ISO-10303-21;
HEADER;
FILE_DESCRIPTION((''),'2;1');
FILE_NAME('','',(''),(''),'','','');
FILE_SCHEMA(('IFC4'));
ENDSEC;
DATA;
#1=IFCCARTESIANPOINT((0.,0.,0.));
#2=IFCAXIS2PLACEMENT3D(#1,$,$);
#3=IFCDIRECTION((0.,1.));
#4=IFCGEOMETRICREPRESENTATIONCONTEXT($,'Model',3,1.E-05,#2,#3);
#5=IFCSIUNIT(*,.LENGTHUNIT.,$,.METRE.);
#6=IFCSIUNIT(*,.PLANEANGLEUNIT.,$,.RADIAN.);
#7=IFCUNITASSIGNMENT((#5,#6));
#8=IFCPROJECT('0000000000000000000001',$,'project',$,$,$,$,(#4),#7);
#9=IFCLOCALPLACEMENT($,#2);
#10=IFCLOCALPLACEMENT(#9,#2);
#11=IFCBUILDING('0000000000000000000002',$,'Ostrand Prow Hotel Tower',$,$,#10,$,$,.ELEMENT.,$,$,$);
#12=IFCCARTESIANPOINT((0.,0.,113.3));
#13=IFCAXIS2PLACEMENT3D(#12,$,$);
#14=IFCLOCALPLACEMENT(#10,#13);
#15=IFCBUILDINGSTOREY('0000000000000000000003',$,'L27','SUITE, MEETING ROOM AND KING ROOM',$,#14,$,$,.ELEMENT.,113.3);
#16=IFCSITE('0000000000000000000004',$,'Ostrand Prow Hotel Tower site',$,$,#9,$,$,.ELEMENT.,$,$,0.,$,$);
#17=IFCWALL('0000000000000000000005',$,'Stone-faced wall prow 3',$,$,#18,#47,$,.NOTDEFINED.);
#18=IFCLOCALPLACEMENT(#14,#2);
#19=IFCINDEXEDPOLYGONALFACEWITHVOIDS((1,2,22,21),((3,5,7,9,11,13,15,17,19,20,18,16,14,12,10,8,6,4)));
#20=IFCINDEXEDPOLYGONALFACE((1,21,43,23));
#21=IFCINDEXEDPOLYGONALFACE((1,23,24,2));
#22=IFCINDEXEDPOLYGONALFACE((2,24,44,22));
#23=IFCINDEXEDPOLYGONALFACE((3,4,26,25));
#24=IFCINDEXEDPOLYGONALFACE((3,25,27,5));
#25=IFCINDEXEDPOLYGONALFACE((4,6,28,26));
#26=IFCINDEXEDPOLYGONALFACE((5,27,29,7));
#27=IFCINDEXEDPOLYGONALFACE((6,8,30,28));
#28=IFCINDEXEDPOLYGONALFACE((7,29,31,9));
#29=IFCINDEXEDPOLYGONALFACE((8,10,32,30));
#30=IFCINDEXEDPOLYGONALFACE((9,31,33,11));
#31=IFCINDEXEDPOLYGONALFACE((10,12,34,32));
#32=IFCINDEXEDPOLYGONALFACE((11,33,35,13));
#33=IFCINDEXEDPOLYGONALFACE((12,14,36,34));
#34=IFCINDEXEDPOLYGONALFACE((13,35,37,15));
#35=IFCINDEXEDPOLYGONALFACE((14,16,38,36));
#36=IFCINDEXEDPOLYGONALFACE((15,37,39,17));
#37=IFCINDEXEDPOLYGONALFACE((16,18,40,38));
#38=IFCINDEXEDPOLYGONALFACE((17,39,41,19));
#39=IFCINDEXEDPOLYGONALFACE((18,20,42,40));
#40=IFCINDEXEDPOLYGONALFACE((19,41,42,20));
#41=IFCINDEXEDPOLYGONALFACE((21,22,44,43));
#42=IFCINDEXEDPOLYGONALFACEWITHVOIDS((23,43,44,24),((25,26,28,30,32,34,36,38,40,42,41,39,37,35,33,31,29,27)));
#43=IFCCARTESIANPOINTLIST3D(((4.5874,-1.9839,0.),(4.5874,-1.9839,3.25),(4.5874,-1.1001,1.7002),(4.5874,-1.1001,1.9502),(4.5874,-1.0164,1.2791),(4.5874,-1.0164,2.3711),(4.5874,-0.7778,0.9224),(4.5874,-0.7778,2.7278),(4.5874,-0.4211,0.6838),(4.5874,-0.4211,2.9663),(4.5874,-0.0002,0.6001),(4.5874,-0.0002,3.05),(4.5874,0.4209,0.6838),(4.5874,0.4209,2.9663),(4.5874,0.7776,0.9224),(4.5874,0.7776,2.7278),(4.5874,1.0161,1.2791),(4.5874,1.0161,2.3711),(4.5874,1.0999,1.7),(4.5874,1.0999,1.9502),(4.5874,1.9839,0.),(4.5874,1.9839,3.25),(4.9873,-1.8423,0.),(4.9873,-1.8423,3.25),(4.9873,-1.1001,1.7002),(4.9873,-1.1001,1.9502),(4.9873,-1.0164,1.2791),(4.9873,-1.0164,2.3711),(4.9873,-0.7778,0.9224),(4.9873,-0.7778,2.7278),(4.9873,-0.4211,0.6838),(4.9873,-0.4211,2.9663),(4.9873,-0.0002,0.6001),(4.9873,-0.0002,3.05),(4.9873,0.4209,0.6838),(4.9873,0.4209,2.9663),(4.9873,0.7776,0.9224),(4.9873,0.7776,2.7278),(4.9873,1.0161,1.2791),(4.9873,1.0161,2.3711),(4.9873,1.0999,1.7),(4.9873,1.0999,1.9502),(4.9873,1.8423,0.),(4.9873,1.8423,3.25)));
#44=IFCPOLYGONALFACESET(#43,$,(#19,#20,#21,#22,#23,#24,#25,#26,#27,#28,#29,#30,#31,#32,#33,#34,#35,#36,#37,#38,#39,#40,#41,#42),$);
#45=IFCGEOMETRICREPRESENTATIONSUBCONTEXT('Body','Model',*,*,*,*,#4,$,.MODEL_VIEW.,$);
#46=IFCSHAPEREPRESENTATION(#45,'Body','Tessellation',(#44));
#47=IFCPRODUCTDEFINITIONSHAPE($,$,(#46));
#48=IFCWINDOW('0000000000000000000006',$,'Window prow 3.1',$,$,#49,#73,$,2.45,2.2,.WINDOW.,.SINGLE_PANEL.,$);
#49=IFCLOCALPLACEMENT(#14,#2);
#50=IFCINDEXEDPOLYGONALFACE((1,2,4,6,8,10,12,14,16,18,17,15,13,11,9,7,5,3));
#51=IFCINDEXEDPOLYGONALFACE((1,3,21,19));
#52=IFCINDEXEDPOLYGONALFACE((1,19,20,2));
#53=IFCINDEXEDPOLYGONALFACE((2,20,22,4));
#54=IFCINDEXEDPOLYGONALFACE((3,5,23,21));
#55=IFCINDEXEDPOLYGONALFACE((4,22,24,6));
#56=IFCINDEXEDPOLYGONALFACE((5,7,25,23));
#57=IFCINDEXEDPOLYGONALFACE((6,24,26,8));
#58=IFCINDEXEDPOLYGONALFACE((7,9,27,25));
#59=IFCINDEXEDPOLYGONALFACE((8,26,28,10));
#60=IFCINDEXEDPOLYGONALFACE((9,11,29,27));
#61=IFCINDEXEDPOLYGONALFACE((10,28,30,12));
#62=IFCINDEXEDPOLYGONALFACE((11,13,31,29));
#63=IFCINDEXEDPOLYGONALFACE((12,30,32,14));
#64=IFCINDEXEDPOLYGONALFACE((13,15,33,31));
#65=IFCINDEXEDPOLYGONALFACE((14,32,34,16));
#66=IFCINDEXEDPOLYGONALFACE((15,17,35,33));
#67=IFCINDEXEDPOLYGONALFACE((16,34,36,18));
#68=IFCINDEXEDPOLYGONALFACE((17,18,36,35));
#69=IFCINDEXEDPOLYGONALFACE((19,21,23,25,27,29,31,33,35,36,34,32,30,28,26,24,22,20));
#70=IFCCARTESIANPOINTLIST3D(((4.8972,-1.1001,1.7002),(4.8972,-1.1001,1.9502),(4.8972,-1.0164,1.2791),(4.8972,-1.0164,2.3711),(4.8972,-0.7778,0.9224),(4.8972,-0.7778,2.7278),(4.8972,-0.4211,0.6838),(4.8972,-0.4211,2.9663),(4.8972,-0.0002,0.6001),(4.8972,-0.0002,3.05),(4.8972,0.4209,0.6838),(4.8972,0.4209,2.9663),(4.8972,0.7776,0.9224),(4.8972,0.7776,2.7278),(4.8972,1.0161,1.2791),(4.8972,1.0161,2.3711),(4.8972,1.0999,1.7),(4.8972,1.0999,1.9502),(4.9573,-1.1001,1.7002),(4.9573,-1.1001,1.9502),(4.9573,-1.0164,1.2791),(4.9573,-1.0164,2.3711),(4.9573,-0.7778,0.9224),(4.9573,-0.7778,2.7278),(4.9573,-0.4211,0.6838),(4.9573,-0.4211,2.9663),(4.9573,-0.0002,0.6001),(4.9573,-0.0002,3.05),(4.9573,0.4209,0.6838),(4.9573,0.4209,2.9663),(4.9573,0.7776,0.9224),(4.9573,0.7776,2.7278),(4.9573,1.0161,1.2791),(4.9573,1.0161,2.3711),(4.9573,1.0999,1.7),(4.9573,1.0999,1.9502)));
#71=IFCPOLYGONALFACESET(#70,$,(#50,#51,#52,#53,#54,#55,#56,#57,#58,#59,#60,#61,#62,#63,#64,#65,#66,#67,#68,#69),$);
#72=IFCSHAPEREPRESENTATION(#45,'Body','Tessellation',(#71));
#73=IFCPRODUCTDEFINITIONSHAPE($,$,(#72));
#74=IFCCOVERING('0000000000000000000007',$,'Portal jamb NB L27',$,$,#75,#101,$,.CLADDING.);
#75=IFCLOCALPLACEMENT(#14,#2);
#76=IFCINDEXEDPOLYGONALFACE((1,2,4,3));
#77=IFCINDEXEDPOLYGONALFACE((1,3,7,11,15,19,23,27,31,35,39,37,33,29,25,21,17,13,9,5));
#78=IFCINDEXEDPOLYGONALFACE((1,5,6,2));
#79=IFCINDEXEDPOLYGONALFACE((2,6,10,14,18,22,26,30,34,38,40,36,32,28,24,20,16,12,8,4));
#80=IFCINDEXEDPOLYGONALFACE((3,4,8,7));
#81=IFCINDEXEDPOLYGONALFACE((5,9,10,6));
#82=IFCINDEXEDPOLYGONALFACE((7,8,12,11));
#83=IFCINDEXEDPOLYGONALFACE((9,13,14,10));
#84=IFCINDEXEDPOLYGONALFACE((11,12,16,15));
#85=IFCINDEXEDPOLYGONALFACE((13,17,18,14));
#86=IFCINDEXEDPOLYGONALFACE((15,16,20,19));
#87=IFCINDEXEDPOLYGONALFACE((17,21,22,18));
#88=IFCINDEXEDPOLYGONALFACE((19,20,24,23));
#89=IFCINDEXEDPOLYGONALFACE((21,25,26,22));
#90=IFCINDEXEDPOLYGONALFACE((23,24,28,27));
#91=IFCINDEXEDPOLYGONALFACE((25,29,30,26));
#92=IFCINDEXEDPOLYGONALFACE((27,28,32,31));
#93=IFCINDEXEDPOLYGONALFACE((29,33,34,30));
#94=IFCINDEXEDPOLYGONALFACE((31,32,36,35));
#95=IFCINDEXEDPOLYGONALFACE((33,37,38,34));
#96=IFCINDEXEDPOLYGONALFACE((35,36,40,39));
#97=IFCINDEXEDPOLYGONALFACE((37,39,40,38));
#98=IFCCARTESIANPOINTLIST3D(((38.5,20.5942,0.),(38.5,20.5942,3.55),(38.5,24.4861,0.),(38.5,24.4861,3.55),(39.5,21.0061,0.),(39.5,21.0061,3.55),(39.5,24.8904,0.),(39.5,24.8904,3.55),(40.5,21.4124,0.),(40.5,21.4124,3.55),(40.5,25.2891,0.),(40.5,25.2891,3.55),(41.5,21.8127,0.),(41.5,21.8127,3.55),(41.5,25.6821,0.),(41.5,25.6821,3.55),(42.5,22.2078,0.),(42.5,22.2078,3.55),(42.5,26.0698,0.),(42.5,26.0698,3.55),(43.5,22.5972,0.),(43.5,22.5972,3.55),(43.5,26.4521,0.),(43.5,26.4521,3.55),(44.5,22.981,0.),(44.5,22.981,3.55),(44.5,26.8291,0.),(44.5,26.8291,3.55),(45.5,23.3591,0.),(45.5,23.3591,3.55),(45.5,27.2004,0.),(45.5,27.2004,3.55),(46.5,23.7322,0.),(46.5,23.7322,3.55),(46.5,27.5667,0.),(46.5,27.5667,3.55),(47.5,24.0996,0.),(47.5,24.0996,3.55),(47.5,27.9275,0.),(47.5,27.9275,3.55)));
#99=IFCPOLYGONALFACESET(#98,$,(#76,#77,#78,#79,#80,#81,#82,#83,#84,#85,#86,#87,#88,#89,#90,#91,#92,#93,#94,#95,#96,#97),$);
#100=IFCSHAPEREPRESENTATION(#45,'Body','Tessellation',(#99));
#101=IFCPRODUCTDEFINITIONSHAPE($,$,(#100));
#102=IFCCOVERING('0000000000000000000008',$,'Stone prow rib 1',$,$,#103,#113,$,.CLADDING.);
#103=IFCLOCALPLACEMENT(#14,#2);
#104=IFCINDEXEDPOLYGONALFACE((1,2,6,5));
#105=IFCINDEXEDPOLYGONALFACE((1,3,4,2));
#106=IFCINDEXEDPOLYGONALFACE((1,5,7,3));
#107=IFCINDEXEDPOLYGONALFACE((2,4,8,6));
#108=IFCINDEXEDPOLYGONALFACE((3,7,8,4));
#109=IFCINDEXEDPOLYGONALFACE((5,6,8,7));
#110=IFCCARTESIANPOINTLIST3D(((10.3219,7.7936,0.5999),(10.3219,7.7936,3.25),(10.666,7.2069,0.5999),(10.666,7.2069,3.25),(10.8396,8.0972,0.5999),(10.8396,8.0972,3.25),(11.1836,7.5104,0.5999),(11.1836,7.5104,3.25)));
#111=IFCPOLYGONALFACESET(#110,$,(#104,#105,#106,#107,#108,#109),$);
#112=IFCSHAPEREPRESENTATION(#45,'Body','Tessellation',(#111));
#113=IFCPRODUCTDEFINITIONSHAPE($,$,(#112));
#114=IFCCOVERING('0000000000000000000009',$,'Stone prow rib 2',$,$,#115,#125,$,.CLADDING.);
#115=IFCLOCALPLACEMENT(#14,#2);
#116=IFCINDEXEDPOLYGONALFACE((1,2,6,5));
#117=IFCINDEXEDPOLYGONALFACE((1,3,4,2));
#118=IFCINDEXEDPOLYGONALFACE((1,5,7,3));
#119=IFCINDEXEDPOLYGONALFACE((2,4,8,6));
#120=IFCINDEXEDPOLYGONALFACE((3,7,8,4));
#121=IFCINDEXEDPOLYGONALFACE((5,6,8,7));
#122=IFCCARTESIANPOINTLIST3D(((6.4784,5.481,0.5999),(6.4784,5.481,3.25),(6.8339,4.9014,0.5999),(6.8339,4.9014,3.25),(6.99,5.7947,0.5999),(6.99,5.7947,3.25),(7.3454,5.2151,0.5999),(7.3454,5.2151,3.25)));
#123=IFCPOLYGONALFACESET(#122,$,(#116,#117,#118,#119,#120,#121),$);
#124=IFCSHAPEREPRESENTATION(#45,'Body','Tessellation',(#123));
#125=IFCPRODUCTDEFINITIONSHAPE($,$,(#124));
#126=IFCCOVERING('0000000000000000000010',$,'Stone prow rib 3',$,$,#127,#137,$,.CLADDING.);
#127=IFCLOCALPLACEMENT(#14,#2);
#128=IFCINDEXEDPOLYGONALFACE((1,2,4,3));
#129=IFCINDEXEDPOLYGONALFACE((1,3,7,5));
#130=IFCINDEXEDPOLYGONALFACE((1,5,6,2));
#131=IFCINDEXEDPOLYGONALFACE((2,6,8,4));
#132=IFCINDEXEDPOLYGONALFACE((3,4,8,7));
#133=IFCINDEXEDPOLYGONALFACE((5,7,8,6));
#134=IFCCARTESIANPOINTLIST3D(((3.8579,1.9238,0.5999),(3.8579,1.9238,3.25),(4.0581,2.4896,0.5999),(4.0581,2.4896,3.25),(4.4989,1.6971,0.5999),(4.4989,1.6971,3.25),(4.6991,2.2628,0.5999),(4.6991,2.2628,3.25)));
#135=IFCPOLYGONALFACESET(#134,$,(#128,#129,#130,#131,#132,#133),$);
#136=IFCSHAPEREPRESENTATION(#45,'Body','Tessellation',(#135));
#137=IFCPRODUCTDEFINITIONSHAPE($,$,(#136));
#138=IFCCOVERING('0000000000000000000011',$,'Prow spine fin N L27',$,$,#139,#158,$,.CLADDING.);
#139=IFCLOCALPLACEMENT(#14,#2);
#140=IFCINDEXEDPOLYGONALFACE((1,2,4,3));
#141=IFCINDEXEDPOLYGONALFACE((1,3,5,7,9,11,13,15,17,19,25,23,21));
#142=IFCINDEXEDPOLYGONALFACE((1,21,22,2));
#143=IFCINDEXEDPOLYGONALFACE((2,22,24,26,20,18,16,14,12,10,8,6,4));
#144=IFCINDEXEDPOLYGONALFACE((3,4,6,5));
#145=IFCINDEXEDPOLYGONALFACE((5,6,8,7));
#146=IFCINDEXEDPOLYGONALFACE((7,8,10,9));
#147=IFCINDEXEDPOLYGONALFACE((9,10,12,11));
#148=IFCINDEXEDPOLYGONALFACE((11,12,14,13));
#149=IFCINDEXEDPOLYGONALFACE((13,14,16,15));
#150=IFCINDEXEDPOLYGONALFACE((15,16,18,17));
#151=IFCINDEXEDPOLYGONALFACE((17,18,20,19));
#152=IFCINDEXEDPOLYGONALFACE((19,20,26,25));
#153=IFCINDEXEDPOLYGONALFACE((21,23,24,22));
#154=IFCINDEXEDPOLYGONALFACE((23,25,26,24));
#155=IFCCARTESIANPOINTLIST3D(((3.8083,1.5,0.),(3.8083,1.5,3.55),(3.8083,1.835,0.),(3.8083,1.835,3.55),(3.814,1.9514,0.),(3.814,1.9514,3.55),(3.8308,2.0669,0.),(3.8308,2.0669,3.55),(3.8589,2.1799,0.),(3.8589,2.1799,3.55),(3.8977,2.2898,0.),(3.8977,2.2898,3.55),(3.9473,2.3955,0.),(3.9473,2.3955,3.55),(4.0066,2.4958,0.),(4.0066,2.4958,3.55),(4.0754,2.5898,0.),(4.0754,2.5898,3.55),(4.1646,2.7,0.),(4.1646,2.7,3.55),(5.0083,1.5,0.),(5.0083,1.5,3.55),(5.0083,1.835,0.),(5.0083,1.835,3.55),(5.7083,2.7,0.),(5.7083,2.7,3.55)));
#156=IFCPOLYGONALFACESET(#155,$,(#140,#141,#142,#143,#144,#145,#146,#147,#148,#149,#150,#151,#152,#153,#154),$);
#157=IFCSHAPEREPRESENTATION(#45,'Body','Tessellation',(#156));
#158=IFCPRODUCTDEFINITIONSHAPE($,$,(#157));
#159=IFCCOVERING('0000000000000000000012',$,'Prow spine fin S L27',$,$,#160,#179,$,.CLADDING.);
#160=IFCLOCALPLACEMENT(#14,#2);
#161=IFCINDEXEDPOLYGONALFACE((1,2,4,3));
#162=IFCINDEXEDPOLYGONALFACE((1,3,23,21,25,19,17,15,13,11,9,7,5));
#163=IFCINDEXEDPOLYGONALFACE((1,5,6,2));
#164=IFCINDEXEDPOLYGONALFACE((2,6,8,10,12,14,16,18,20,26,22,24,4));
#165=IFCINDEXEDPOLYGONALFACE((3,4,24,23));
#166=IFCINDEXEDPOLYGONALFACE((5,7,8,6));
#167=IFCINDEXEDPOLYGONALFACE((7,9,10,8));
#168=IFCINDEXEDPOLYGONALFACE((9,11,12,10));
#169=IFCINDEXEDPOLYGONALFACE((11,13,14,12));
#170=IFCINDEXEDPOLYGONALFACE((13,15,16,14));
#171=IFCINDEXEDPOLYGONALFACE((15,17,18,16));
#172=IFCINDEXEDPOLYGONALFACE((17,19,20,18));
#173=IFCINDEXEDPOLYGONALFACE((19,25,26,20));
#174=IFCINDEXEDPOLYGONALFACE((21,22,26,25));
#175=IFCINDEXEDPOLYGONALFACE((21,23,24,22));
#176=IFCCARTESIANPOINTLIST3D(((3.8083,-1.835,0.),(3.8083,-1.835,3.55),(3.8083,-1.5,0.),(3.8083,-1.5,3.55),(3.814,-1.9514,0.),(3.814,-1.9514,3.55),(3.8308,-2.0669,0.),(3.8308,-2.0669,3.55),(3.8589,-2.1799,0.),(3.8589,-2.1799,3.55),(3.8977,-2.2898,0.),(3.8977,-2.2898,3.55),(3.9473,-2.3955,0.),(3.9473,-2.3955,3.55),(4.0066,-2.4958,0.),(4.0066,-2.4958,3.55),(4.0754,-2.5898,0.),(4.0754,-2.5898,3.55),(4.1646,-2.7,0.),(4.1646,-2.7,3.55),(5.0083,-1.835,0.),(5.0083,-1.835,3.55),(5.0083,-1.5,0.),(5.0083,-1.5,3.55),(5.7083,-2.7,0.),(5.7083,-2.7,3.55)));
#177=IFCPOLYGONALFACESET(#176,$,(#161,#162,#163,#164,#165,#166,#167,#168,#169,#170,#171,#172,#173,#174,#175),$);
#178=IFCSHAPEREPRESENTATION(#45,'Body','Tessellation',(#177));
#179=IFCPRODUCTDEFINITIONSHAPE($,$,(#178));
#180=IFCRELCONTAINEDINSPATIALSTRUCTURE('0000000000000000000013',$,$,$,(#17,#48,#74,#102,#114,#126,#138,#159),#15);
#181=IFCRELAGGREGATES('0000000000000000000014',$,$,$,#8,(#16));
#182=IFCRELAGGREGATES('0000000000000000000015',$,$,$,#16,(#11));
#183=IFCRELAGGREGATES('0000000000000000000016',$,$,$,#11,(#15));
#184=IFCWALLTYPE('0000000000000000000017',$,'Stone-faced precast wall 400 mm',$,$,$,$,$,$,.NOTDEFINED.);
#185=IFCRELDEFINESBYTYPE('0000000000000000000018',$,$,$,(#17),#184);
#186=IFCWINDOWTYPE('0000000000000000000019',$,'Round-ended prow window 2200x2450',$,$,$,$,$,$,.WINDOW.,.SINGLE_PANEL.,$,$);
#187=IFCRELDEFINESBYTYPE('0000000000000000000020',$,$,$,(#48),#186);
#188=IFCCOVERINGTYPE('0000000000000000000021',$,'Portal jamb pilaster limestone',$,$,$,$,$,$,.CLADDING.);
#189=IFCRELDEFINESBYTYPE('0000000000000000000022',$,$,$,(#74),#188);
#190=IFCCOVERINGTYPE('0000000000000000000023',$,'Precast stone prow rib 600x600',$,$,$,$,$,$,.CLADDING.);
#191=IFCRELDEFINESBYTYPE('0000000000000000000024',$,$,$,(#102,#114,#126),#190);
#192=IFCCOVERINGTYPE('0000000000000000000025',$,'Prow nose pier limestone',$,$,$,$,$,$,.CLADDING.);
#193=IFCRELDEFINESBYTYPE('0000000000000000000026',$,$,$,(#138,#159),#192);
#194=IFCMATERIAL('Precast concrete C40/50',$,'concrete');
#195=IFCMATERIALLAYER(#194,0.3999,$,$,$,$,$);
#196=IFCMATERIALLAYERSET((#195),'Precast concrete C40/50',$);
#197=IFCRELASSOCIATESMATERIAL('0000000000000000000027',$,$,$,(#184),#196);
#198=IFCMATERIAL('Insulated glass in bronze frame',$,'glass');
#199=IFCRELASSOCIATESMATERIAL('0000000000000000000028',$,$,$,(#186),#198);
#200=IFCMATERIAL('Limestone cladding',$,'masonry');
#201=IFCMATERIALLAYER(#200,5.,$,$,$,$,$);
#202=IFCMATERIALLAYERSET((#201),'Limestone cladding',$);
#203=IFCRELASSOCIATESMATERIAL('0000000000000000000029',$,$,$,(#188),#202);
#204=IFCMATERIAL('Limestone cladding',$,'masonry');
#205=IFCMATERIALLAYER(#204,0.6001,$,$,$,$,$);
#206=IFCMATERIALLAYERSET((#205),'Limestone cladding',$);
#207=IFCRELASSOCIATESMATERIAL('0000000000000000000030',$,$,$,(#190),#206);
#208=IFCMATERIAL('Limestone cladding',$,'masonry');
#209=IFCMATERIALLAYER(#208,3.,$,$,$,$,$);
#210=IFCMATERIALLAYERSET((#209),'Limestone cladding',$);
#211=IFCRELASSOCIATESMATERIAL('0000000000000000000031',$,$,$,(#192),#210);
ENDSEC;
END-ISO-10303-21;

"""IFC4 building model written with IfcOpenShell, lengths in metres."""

from ifc_helpers import new_model, si_unit, direction, frame, frame_2d, origin, place, context, subcontext, project, spatial, polyline, rectangle, outline, extrude, material, layer, layer_set, type_object, element, fill, save


model = new_model("IFC4")

# Units and contexts
model_context = context("Model", 3, precision=1e-05, world=origin(), true_north=direction((0.0, 1.0)))
body_context = subcontext(model_context, "Body", "Model", "MODEL_VIEW")
ifc_project = project(units=[si_unit("LENGTHUNIT", "METRE"), si_unit("PLANEANGLEUNIT", "RADIAN")], contexts=[model_context])

# Site, building, storey
site_placement = place(None, origin())
site = spatial("IfcSite", under=ifc_project, at=site_placement, Name="Ostrand Prow Hotel Tower site", CompositionType="ELEMENT", RefElevation=0.0)
building_placement = place(site_placement, origin())
building = spatial("IfcBuilding", under=site, at=building_placement, Name="Ostrand Prow Hotel Tower", CompositionType="ELEMENT")
storey_placement = place(building_placement, frame((0.0, 0.0, 113.3)))
storey = spatial("IfcBuildingStorey", under=building, at=storey_placement, Name="L27", Description="SUITE, MEETING ROOM AND KING ROOM", CompositionType="ELEMENT", Elevation=113.3)

# Wall, opening, window
ifc_material_1 = material(Name="Precast concrete C40/50", Category="concrete")
ifc_layer_1 = layer(ifc_material_1, 0.3999)
ifc_layer_set_1 = layer_set([ifc_layer_1], Name="Precast concrete C40/50")
wall_type_1 = type_object("IfcWallType", Name="Stone-faced precast wall 400 mm", PredefinedType="NOTDEFINED", material=ifc_layer_set_1)
ifc_material_2 = material(Name="Insulated glass in bronze frame", Category="glass")
window_type = type_object("IfcWindowType", Name="Round-ended prow window 2200x2450", PartitioningType="SINGLE_PANEL", PredefinedType="WINDOW", material=ifc_material_2)
wall_1_placement = place(storey_placement, frame((4.7874, 1.9131, 0.0), z_axis=(0.0, 0.0, 1.0), x_axis=(0.0, -1.0, 0.0)))
wall_1 = element("IfcWall", 1, at=wall_1_placement, inside=storey, type_object=wall_type_1, Name="Stone-faced wall prow 3", PredefinedType="NOTDEFINED", context=body_context, shape_type="SweptSolid", body=[
    extrude(outline(polyline([(-0.0708, -0.2), (3.897, -0.2), (3.7554, 0.2), (0.0708, 0.2), (-0.0708, -0.2)])), origin(), (0.0, 0.0, 1.0), 3.25),
])
opening_1_placement = place(wall_1_placement, frame((0.8132, 0.0, 0.6001)))
opening_1 = element("IfcOpeningElement", 2, at=opening_1_placement, cuts=wall_1, PredefinedType="OPENING", context=body_context, shape_type="SweptSolid", body=[
    extrude(outline(polyline([(0.0, 1.3501), (0.0837, 1.771), (0.3223, 2.1277), (0.679, 2.3662), (1.1001, 2.45), (1.521, 2.3662), (1.8777, 2.1277), (2.1162, 1.771), (2.2, 1.3501), (2.2, 1.1001), (2.1162, 0.679), (1.8777, 0.3223), (1.521, 0.0837), (1.1001, 0.0), (0.679, 0.0837), (0.3223, 0.3223), (0.0837, 0.679), (0.0, 1.0999), (0.0, 1.3501)])), frame((0.0, 0.21, 0.0), z_axis=(0.0, -1.0, 0.0), x_axis=(1.0, 0.0, 0.0)), (0.0, 0.0, 1.0), 0.4199),
])
window_1_placement = place(opening_1_placement, origin())
window_1 = element("IfcWindow", 3, at=window_1_placement, inside=storey, type_object=window_type, Name="Window prow 3.1", OverallHeight=2.45, OverallWidth=2.2, PartitioningType="SINGLE_PANEL", PredefinedType="WINDOW", context=body_context, shape_type="SweptSolid", body=[
    extrude(outline(polyline([(0.0, 1.3501), (0.0837, 1.771), (0.3223, 2.1277), (0.679, 2.3662), (1.1001, 2.45), (1.521, 2.3662), (1.8777, 2.1277), (2.1162, 1.771), (2.2, 1.3501), (2.2, 1.1001), (2.1162, 0.679), (1.8777, 0.3223), (1.521, 0.0837), (1.1001, 0.0), (0.679, 0.0837), (0.3223, 0.3223), (0.0837, 0.679), (0.0, 1.0999), (0.0, 1.3501)])), frame((0.0, 0.1699, 0.0), z_axis=(0.0, -1.0, 0.0), x_axis=(1.0, 0.0, 0.0)), (0.0, 0.0, 1.0), 0.0601),
])
fill(opening_1, window_1)

# Coverings
ifc_material_3 = material(Name="Limestone cladding", Category="masonry")
ifc_layer_2 = layer(ifc_material_3, 5.0)
ifc_layer_set_2 = layer_set([ifc_layer_2], Name="Limestone cladding")
covering_type_1 = type_object("IfcCoveringType", Name="Portal jamb pilaster limestone", PredefinedType="CLADDING", material=ifc_layer_set_2)
covering_1_placement = place(storey_placement, origin())
element("IfcCovering", 4, at=covering_1_placement, inside=storey, type_object=covering_type_1, Name="Portal jamb NB L27", PredefinedType="CLADDING", context=body_context, shape_type="SweptSolid", body=[
    extrude(outline(polyline([(38.5, 20.5942), (39.5, 21.0061), (40.5, 21.4124), (41.5, 21.8127), (42.5, 22.2078), (43.5, 22.5972), (44.5, 22.981), (45.5, 23.3591), (46.5, 23.7322), (47.5, 24.0996), (47.5, 27.9275), (46.5, 27.5667), (45.5, 27.2004), (44.5, 26.8291), (43.5, 26.4521), (42.5, 26.0698), (41.5, 25.6821), (40.5, 25.2891), (39.5, 24.8904), (38.5, 24.4861), (38.5, 20.5942)])), origin(), (0.0, 0.0, 1.0), 3.55),
])
ifc_material_4 = material(Name="Limestone cladding", Category="masonry")
ifc_layer_3 = layer(ifc_material_4, 0.6001)
ifc_layer_set_3 = layer_set([ifc_layer_3], Name="Limestone cladding")
covering_type_2 = type_object("IfcCoveringType", Name="Precast stone prow rib 600x600", PredefinedType="CLADDING", material=ifc_layer_set_3)
covering_2_placement = place(storey_placement, frame((10.9248, 7.3586, 0.5999), z_axis=(0.0, 0.0, 1.0), x_axis=(-0.505812, 0.862644, 0.0)))
element("IfcCovering", 5, at=covering_2_placement, inside=storey, type_object=covering_type_2, Name="Stone prow rib 1", PredefinedType="CLADDING", context=body_context, shape_type="SweptSolid", body=[
    extrude(rectangle(XDim=0.6802, YDim=0.6001, at=frame_2d((0.3401, 0.0))), origin(), (0.0, 0.0, 1.0), 2.6501),
])
for number, where, z_axis, x_axis, name in (
    (6, (7.0896, 5.0583, 0.5999), (0.0, 0.0, 1.0), (-0.522815, 0.852446, 0.0), "Stone prow rib 2"),
    (7, (4.5989, 1.98, 0.5999), (0.0, 0.0, 1.0), (-0.942745, 0.333515, 0.0), "Stone prow rib 3"),
):
    element("IfcCovering", number, at=place(storey_placement, frame(where, z_axis=z_axis, x_axis=x_axis)), inside=storey, type_object=covering_type_2, Name=name, PredefinedType="CLADDING", context=body_context, shape_type="SweptSolid", body=[
        extrude(rectangle(XDim=0.6799, YDim=0.6001, at=frame_2d((0.3398, 0.0))), origin(), (0.0, 0.0, 1.0), 2.6501),
    ])
ifc_material_5 = material(Name="Limestone cladding", Category="masonry")
ifc_layer_4 = layer(ifc_material_5, 3.0)
ifc_layer_set_4 = layer_set([ifc_layer_4], Name="Limestone cladding")
covering_type_3 = type_object("IfcCoveringType", Name="Prow nose pier limestone", PredefinedType="CLADDING", material=ifc_layer_set_4)
covering_3_placement = place(storey_placement, origin())
element("IfcCovering", 8, at=covering_3_placement, inside=storey, type_object=covering_type_3, Name="Prow spine fin N L27", PredefinedType="CLADDING", context=body_context, shape_type="SweptSolid", body=[
    extrude(outline(polyline([(3.8083, 1.835), (3.8083, 1.5), (5.0083, 1.5), (5.0083, 1.835), (5.7083, 2.7), (4.1646, 2.7), (4.0754, 2.5898), (4.0066, 2.4958), (3.9473, 2.3955), (3.8977, 2.2898), (3.8589, 2.1799), (3.8308, 2.0669), (3.814, 1.9514), (3.8083, 1.835)])), origin(), (0.0, 0.0, 1.0), 3.55),
])
covering_4_placement = place(storey_placement, origin())
element("IfcCovering", 9, at=covering_4_placement, inside=storey, type_object=covering_type_3, Name="Prow spine fin S L27", PredefinedType="CLADDING", context=body_context, shape_type="SweptSolid", body=[
    extrude(outline(polyline([(4.0754, -2.5898), (4.1646, -2.7), (5.7083, -2.7), (5.0083, -1.835), (5.0083, -1.5), (3.8083, -1.5), (3.8083, -1.835), (3.814, -1.9514), (3.8308, -2.0669), (3.8589, -2.1799), (3.8977, -2.2898), (3.9473, -2.3955), (4.0066, -2.4958), (4.0754, -2.5898)])), origin(), (0.0, 0.0, 1.0), 3.55),
])

save(model, "model.ifc")
